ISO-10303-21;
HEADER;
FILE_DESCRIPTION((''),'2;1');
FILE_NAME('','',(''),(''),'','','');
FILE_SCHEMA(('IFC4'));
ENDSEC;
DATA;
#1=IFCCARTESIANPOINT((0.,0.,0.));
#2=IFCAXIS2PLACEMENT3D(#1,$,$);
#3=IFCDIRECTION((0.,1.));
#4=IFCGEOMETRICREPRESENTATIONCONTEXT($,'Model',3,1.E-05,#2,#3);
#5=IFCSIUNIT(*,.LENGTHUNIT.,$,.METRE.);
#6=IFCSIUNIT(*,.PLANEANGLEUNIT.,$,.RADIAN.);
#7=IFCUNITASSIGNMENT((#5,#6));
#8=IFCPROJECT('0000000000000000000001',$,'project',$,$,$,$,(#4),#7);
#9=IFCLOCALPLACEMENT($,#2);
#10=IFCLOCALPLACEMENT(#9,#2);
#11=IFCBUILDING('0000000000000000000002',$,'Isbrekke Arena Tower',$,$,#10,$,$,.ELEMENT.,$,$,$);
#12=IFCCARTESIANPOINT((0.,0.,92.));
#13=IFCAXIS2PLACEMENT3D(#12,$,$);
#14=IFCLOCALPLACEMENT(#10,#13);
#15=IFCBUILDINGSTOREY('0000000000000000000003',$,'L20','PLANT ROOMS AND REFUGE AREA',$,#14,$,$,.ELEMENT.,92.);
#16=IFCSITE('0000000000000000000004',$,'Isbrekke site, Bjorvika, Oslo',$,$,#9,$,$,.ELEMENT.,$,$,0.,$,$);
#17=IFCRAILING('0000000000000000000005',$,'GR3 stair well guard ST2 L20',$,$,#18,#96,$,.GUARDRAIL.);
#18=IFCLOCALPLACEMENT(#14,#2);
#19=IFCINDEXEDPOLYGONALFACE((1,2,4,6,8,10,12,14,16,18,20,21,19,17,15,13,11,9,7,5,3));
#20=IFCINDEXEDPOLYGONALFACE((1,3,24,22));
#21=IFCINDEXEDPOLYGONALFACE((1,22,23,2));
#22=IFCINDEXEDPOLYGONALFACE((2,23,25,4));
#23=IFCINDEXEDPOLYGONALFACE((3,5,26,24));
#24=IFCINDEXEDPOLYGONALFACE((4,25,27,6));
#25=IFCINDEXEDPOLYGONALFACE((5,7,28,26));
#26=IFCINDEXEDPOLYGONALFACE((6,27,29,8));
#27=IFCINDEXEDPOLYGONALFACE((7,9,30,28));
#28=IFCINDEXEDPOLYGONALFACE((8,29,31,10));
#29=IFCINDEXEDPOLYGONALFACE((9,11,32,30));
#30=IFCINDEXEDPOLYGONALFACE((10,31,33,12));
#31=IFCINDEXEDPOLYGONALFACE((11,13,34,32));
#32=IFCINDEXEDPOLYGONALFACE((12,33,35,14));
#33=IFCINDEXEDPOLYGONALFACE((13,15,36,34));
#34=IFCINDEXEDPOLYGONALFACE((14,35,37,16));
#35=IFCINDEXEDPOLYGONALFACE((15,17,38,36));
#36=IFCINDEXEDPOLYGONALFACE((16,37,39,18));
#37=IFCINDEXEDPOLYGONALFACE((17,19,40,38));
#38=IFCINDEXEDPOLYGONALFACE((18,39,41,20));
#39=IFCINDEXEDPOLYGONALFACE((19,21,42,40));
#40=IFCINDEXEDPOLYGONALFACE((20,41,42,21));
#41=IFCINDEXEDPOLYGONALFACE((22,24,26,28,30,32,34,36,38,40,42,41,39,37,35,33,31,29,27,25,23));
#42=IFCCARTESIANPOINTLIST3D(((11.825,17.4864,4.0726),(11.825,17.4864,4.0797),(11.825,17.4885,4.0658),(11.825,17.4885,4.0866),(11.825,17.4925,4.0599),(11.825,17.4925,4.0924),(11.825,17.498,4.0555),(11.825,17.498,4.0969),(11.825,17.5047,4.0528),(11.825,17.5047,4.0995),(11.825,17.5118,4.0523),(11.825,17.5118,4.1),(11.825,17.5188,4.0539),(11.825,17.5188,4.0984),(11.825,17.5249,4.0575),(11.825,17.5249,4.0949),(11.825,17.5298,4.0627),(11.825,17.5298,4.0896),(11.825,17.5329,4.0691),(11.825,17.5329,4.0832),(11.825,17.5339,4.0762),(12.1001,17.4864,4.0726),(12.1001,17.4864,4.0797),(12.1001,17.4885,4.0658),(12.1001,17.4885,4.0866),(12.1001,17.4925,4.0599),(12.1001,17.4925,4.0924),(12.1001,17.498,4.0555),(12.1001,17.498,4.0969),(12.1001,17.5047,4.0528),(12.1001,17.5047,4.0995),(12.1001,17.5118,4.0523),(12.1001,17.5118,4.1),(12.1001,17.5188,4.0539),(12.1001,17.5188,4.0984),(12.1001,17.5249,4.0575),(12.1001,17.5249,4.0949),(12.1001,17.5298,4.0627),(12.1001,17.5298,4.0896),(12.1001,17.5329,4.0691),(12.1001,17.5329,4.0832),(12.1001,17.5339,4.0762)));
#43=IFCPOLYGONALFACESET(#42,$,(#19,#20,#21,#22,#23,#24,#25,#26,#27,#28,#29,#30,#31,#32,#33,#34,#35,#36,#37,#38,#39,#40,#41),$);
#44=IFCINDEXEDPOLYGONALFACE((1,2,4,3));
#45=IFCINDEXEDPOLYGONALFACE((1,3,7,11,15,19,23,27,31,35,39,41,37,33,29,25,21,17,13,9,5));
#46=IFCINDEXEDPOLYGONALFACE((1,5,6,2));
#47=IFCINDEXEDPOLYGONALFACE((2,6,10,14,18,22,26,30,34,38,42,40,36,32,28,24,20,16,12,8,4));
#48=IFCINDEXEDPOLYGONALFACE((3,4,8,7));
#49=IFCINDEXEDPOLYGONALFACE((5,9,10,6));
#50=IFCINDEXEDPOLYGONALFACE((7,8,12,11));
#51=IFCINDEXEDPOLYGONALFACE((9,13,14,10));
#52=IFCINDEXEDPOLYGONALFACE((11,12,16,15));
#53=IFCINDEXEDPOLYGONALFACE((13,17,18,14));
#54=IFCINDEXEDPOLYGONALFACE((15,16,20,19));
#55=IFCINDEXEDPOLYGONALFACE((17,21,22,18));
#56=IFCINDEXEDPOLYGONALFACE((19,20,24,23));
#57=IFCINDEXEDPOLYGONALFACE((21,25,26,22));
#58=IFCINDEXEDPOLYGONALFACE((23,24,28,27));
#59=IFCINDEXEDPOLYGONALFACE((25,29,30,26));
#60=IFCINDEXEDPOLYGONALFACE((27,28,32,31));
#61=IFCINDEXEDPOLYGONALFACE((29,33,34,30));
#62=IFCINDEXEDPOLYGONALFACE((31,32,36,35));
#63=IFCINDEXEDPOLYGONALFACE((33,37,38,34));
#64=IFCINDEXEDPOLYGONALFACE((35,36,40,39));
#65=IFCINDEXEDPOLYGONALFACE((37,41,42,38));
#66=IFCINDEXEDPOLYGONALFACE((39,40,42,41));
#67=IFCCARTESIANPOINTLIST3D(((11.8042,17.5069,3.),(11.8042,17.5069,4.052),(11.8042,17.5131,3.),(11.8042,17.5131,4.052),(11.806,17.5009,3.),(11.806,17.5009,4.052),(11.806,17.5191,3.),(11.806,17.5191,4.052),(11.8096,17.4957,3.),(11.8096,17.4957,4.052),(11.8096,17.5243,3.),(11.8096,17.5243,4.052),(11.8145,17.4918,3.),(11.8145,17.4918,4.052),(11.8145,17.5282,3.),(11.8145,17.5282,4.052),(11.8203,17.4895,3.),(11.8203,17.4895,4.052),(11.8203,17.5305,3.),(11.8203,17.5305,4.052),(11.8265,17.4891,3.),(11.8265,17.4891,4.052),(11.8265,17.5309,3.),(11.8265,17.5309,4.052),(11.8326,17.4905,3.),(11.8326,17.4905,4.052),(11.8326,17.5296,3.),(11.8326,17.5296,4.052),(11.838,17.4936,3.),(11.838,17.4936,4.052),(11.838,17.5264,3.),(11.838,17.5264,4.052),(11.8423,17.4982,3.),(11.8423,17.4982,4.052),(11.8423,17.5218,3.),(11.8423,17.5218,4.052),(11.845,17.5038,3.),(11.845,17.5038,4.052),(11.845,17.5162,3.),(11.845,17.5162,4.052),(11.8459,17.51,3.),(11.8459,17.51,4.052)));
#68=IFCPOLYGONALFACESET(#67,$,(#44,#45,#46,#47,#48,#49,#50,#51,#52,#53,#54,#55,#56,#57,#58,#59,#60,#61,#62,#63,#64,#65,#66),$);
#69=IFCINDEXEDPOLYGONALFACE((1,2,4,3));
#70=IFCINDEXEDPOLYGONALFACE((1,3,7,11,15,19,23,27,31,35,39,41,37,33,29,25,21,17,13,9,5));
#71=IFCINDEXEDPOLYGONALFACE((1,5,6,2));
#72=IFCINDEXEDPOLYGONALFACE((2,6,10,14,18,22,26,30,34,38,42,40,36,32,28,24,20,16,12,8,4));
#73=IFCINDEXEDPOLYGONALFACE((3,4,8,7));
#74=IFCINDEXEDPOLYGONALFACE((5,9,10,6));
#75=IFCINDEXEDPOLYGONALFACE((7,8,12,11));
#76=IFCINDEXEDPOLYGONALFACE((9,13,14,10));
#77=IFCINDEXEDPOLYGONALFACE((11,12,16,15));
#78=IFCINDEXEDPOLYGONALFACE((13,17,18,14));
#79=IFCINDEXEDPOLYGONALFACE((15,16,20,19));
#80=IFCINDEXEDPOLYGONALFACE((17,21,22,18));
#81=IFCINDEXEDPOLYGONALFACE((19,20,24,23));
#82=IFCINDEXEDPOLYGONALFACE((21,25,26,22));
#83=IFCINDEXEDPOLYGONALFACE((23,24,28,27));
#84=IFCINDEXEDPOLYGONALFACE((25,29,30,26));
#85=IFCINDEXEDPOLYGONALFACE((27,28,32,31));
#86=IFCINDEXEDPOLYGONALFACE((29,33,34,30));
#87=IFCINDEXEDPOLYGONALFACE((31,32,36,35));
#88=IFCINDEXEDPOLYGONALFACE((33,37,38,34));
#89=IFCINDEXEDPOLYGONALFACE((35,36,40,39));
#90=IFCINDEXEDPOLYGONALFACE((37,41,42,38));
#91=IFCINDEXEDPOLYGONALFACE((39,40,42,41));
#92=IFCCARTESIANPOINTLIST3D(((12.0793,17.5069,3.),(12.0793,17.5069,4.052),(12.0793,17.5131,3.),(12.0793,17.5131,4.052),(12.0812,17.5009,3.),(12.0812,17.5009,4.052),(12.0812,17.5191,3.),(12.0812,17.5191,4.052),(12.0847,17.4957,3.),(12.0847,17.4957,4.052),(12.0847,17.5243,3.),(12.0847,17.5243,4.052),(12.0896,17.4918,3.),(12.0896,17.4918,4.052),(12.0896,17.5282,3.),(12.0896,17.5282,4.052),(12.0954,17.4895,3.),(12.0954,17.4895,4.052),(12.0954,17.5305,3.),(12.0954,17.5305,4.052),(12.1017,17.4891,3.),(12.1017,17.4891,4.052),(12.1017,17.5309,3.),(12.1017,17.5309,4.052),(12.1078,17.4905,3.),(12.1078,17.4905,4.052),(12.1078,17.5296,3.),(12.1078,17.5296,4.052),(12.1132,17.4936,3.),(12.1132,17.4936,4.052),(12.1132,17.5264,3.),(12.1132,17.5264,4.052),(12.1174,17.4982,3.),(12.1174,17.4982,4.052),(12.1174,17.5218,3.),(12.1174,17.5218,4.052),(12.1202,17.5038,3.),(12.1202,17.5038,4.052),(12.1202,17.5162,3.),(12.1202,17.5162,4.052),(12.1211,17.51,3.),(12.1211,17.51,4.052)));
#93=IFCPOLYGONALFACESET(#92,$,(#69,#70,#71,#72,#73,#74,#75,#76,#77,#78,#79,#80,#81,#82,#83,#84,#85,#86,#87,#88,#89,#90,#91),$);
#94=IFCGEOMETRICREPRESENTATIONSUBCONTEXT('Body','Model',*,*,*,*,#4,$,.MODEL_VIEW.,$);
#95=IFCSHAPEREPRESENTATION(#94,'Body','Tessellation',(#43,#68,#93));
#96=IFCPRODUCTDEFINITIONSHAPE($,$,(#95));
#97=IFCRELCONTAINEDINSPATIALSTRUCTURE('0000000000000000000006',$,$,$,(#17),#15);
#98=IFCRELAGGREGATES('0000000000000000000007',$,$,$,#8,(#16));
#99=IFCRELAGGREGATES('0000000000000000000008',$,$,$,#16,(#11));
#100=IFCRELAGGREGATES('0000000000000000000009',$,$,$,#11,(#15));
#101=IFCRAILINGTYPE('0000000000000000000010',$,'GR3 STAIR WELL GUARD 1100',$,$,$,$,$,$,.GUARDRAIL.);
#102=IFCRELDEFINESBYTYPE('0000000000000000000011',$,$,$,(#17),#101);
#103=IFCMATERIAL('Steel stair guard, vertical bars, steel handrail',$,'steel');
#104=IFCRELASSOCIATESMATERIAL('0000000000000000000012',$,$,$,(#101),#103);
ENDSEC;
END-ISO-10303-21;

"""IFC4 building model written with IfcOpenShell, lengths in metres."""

from ifc_helpers import new_model, si_unit, direction, frame, origin, origin_2d, place, context, subcontext, project, spatial, circle, extrude, material, type_object, element, save


model = new_model("IFC4")

# Units and contexts
model_context = context("Model", 3, precision=1e-05, world=origin(), true_north=direction((0.0, 1.0)))
body_context = subcontext(model_context, "Body", "Model", "MODEL_VIEW")
ifc_project = project(units=[si_unit("LENGTHUNIT", "METRE"), si_unit("PLANEANGLEUNIT", "RADIAN")], contexts=[model_context])

# Site, building, storey
site_placement = place(None, origin())
site = spatial("IfcSite", under=ifc_project, at=site_placement, Name="Isbrekke site, Bjorvika, Oslo", CompositionType="ELEMENT", RefElevation=0.0)
building_placement = place(site_placement, origin())
building = spatial("IfcBuilding", under=site, at=building_placement, Name="Isbrekke Arena Tower", CompositionType="ELEMENT")
storey_placement = place(building_placement, frame((0.0, 0.0, 92.0)))
storey = spatial("IfcBuildingStorey", under=building, at=storey_placement, Name="L20", Description="PLANT ROOMS AND REFUGE AREA", CompositionType="ELEMENT", Elevation=92.0)

# Railing
ifc_material_1 = material(Name="Steel stair guard, vertical bars, steel handrail", Category="steel")
railing_type = type_object("IfcRailingType", Name="GR3 STAIR WELL GUARD 1100", PredefinedType="GUARDRAIL", material=ifc_material_1)
for number, where, name in (
    (1, (11.825, 17.51, 3.0), "GR3 stair well guard ST2 L20"),
):
    element("IfcRailing", number, at=place(storey_placement, frame(where)), inside=storey, type_object=railing_type, Name=name, PredefinedType="GUARDRAIL", context=body_context, shape_type="SweptSolid", body=[
        extrude(circle(Radius=0.0239, at=origin_2d()), frame((0.0, 0.0, 1.0762), z_axis=(1.0, 0.0, 0.0), x_axis=(0.0, 1.0, 0.0)), (0.0, 0.0, 1.0), 0.2751),
        extrude(circle(Radius=0.021, at=origin_2d()), origin(), (0.0, 0.0, 1.0), 1.052),
        extrude(circle(Radius=0.021, at=origin_2d()), frame((0.2751, 0.0, 0.0)), (0.0, 0.0, 1.0), 1.052),
    ])

save(model, "model.ifc")
